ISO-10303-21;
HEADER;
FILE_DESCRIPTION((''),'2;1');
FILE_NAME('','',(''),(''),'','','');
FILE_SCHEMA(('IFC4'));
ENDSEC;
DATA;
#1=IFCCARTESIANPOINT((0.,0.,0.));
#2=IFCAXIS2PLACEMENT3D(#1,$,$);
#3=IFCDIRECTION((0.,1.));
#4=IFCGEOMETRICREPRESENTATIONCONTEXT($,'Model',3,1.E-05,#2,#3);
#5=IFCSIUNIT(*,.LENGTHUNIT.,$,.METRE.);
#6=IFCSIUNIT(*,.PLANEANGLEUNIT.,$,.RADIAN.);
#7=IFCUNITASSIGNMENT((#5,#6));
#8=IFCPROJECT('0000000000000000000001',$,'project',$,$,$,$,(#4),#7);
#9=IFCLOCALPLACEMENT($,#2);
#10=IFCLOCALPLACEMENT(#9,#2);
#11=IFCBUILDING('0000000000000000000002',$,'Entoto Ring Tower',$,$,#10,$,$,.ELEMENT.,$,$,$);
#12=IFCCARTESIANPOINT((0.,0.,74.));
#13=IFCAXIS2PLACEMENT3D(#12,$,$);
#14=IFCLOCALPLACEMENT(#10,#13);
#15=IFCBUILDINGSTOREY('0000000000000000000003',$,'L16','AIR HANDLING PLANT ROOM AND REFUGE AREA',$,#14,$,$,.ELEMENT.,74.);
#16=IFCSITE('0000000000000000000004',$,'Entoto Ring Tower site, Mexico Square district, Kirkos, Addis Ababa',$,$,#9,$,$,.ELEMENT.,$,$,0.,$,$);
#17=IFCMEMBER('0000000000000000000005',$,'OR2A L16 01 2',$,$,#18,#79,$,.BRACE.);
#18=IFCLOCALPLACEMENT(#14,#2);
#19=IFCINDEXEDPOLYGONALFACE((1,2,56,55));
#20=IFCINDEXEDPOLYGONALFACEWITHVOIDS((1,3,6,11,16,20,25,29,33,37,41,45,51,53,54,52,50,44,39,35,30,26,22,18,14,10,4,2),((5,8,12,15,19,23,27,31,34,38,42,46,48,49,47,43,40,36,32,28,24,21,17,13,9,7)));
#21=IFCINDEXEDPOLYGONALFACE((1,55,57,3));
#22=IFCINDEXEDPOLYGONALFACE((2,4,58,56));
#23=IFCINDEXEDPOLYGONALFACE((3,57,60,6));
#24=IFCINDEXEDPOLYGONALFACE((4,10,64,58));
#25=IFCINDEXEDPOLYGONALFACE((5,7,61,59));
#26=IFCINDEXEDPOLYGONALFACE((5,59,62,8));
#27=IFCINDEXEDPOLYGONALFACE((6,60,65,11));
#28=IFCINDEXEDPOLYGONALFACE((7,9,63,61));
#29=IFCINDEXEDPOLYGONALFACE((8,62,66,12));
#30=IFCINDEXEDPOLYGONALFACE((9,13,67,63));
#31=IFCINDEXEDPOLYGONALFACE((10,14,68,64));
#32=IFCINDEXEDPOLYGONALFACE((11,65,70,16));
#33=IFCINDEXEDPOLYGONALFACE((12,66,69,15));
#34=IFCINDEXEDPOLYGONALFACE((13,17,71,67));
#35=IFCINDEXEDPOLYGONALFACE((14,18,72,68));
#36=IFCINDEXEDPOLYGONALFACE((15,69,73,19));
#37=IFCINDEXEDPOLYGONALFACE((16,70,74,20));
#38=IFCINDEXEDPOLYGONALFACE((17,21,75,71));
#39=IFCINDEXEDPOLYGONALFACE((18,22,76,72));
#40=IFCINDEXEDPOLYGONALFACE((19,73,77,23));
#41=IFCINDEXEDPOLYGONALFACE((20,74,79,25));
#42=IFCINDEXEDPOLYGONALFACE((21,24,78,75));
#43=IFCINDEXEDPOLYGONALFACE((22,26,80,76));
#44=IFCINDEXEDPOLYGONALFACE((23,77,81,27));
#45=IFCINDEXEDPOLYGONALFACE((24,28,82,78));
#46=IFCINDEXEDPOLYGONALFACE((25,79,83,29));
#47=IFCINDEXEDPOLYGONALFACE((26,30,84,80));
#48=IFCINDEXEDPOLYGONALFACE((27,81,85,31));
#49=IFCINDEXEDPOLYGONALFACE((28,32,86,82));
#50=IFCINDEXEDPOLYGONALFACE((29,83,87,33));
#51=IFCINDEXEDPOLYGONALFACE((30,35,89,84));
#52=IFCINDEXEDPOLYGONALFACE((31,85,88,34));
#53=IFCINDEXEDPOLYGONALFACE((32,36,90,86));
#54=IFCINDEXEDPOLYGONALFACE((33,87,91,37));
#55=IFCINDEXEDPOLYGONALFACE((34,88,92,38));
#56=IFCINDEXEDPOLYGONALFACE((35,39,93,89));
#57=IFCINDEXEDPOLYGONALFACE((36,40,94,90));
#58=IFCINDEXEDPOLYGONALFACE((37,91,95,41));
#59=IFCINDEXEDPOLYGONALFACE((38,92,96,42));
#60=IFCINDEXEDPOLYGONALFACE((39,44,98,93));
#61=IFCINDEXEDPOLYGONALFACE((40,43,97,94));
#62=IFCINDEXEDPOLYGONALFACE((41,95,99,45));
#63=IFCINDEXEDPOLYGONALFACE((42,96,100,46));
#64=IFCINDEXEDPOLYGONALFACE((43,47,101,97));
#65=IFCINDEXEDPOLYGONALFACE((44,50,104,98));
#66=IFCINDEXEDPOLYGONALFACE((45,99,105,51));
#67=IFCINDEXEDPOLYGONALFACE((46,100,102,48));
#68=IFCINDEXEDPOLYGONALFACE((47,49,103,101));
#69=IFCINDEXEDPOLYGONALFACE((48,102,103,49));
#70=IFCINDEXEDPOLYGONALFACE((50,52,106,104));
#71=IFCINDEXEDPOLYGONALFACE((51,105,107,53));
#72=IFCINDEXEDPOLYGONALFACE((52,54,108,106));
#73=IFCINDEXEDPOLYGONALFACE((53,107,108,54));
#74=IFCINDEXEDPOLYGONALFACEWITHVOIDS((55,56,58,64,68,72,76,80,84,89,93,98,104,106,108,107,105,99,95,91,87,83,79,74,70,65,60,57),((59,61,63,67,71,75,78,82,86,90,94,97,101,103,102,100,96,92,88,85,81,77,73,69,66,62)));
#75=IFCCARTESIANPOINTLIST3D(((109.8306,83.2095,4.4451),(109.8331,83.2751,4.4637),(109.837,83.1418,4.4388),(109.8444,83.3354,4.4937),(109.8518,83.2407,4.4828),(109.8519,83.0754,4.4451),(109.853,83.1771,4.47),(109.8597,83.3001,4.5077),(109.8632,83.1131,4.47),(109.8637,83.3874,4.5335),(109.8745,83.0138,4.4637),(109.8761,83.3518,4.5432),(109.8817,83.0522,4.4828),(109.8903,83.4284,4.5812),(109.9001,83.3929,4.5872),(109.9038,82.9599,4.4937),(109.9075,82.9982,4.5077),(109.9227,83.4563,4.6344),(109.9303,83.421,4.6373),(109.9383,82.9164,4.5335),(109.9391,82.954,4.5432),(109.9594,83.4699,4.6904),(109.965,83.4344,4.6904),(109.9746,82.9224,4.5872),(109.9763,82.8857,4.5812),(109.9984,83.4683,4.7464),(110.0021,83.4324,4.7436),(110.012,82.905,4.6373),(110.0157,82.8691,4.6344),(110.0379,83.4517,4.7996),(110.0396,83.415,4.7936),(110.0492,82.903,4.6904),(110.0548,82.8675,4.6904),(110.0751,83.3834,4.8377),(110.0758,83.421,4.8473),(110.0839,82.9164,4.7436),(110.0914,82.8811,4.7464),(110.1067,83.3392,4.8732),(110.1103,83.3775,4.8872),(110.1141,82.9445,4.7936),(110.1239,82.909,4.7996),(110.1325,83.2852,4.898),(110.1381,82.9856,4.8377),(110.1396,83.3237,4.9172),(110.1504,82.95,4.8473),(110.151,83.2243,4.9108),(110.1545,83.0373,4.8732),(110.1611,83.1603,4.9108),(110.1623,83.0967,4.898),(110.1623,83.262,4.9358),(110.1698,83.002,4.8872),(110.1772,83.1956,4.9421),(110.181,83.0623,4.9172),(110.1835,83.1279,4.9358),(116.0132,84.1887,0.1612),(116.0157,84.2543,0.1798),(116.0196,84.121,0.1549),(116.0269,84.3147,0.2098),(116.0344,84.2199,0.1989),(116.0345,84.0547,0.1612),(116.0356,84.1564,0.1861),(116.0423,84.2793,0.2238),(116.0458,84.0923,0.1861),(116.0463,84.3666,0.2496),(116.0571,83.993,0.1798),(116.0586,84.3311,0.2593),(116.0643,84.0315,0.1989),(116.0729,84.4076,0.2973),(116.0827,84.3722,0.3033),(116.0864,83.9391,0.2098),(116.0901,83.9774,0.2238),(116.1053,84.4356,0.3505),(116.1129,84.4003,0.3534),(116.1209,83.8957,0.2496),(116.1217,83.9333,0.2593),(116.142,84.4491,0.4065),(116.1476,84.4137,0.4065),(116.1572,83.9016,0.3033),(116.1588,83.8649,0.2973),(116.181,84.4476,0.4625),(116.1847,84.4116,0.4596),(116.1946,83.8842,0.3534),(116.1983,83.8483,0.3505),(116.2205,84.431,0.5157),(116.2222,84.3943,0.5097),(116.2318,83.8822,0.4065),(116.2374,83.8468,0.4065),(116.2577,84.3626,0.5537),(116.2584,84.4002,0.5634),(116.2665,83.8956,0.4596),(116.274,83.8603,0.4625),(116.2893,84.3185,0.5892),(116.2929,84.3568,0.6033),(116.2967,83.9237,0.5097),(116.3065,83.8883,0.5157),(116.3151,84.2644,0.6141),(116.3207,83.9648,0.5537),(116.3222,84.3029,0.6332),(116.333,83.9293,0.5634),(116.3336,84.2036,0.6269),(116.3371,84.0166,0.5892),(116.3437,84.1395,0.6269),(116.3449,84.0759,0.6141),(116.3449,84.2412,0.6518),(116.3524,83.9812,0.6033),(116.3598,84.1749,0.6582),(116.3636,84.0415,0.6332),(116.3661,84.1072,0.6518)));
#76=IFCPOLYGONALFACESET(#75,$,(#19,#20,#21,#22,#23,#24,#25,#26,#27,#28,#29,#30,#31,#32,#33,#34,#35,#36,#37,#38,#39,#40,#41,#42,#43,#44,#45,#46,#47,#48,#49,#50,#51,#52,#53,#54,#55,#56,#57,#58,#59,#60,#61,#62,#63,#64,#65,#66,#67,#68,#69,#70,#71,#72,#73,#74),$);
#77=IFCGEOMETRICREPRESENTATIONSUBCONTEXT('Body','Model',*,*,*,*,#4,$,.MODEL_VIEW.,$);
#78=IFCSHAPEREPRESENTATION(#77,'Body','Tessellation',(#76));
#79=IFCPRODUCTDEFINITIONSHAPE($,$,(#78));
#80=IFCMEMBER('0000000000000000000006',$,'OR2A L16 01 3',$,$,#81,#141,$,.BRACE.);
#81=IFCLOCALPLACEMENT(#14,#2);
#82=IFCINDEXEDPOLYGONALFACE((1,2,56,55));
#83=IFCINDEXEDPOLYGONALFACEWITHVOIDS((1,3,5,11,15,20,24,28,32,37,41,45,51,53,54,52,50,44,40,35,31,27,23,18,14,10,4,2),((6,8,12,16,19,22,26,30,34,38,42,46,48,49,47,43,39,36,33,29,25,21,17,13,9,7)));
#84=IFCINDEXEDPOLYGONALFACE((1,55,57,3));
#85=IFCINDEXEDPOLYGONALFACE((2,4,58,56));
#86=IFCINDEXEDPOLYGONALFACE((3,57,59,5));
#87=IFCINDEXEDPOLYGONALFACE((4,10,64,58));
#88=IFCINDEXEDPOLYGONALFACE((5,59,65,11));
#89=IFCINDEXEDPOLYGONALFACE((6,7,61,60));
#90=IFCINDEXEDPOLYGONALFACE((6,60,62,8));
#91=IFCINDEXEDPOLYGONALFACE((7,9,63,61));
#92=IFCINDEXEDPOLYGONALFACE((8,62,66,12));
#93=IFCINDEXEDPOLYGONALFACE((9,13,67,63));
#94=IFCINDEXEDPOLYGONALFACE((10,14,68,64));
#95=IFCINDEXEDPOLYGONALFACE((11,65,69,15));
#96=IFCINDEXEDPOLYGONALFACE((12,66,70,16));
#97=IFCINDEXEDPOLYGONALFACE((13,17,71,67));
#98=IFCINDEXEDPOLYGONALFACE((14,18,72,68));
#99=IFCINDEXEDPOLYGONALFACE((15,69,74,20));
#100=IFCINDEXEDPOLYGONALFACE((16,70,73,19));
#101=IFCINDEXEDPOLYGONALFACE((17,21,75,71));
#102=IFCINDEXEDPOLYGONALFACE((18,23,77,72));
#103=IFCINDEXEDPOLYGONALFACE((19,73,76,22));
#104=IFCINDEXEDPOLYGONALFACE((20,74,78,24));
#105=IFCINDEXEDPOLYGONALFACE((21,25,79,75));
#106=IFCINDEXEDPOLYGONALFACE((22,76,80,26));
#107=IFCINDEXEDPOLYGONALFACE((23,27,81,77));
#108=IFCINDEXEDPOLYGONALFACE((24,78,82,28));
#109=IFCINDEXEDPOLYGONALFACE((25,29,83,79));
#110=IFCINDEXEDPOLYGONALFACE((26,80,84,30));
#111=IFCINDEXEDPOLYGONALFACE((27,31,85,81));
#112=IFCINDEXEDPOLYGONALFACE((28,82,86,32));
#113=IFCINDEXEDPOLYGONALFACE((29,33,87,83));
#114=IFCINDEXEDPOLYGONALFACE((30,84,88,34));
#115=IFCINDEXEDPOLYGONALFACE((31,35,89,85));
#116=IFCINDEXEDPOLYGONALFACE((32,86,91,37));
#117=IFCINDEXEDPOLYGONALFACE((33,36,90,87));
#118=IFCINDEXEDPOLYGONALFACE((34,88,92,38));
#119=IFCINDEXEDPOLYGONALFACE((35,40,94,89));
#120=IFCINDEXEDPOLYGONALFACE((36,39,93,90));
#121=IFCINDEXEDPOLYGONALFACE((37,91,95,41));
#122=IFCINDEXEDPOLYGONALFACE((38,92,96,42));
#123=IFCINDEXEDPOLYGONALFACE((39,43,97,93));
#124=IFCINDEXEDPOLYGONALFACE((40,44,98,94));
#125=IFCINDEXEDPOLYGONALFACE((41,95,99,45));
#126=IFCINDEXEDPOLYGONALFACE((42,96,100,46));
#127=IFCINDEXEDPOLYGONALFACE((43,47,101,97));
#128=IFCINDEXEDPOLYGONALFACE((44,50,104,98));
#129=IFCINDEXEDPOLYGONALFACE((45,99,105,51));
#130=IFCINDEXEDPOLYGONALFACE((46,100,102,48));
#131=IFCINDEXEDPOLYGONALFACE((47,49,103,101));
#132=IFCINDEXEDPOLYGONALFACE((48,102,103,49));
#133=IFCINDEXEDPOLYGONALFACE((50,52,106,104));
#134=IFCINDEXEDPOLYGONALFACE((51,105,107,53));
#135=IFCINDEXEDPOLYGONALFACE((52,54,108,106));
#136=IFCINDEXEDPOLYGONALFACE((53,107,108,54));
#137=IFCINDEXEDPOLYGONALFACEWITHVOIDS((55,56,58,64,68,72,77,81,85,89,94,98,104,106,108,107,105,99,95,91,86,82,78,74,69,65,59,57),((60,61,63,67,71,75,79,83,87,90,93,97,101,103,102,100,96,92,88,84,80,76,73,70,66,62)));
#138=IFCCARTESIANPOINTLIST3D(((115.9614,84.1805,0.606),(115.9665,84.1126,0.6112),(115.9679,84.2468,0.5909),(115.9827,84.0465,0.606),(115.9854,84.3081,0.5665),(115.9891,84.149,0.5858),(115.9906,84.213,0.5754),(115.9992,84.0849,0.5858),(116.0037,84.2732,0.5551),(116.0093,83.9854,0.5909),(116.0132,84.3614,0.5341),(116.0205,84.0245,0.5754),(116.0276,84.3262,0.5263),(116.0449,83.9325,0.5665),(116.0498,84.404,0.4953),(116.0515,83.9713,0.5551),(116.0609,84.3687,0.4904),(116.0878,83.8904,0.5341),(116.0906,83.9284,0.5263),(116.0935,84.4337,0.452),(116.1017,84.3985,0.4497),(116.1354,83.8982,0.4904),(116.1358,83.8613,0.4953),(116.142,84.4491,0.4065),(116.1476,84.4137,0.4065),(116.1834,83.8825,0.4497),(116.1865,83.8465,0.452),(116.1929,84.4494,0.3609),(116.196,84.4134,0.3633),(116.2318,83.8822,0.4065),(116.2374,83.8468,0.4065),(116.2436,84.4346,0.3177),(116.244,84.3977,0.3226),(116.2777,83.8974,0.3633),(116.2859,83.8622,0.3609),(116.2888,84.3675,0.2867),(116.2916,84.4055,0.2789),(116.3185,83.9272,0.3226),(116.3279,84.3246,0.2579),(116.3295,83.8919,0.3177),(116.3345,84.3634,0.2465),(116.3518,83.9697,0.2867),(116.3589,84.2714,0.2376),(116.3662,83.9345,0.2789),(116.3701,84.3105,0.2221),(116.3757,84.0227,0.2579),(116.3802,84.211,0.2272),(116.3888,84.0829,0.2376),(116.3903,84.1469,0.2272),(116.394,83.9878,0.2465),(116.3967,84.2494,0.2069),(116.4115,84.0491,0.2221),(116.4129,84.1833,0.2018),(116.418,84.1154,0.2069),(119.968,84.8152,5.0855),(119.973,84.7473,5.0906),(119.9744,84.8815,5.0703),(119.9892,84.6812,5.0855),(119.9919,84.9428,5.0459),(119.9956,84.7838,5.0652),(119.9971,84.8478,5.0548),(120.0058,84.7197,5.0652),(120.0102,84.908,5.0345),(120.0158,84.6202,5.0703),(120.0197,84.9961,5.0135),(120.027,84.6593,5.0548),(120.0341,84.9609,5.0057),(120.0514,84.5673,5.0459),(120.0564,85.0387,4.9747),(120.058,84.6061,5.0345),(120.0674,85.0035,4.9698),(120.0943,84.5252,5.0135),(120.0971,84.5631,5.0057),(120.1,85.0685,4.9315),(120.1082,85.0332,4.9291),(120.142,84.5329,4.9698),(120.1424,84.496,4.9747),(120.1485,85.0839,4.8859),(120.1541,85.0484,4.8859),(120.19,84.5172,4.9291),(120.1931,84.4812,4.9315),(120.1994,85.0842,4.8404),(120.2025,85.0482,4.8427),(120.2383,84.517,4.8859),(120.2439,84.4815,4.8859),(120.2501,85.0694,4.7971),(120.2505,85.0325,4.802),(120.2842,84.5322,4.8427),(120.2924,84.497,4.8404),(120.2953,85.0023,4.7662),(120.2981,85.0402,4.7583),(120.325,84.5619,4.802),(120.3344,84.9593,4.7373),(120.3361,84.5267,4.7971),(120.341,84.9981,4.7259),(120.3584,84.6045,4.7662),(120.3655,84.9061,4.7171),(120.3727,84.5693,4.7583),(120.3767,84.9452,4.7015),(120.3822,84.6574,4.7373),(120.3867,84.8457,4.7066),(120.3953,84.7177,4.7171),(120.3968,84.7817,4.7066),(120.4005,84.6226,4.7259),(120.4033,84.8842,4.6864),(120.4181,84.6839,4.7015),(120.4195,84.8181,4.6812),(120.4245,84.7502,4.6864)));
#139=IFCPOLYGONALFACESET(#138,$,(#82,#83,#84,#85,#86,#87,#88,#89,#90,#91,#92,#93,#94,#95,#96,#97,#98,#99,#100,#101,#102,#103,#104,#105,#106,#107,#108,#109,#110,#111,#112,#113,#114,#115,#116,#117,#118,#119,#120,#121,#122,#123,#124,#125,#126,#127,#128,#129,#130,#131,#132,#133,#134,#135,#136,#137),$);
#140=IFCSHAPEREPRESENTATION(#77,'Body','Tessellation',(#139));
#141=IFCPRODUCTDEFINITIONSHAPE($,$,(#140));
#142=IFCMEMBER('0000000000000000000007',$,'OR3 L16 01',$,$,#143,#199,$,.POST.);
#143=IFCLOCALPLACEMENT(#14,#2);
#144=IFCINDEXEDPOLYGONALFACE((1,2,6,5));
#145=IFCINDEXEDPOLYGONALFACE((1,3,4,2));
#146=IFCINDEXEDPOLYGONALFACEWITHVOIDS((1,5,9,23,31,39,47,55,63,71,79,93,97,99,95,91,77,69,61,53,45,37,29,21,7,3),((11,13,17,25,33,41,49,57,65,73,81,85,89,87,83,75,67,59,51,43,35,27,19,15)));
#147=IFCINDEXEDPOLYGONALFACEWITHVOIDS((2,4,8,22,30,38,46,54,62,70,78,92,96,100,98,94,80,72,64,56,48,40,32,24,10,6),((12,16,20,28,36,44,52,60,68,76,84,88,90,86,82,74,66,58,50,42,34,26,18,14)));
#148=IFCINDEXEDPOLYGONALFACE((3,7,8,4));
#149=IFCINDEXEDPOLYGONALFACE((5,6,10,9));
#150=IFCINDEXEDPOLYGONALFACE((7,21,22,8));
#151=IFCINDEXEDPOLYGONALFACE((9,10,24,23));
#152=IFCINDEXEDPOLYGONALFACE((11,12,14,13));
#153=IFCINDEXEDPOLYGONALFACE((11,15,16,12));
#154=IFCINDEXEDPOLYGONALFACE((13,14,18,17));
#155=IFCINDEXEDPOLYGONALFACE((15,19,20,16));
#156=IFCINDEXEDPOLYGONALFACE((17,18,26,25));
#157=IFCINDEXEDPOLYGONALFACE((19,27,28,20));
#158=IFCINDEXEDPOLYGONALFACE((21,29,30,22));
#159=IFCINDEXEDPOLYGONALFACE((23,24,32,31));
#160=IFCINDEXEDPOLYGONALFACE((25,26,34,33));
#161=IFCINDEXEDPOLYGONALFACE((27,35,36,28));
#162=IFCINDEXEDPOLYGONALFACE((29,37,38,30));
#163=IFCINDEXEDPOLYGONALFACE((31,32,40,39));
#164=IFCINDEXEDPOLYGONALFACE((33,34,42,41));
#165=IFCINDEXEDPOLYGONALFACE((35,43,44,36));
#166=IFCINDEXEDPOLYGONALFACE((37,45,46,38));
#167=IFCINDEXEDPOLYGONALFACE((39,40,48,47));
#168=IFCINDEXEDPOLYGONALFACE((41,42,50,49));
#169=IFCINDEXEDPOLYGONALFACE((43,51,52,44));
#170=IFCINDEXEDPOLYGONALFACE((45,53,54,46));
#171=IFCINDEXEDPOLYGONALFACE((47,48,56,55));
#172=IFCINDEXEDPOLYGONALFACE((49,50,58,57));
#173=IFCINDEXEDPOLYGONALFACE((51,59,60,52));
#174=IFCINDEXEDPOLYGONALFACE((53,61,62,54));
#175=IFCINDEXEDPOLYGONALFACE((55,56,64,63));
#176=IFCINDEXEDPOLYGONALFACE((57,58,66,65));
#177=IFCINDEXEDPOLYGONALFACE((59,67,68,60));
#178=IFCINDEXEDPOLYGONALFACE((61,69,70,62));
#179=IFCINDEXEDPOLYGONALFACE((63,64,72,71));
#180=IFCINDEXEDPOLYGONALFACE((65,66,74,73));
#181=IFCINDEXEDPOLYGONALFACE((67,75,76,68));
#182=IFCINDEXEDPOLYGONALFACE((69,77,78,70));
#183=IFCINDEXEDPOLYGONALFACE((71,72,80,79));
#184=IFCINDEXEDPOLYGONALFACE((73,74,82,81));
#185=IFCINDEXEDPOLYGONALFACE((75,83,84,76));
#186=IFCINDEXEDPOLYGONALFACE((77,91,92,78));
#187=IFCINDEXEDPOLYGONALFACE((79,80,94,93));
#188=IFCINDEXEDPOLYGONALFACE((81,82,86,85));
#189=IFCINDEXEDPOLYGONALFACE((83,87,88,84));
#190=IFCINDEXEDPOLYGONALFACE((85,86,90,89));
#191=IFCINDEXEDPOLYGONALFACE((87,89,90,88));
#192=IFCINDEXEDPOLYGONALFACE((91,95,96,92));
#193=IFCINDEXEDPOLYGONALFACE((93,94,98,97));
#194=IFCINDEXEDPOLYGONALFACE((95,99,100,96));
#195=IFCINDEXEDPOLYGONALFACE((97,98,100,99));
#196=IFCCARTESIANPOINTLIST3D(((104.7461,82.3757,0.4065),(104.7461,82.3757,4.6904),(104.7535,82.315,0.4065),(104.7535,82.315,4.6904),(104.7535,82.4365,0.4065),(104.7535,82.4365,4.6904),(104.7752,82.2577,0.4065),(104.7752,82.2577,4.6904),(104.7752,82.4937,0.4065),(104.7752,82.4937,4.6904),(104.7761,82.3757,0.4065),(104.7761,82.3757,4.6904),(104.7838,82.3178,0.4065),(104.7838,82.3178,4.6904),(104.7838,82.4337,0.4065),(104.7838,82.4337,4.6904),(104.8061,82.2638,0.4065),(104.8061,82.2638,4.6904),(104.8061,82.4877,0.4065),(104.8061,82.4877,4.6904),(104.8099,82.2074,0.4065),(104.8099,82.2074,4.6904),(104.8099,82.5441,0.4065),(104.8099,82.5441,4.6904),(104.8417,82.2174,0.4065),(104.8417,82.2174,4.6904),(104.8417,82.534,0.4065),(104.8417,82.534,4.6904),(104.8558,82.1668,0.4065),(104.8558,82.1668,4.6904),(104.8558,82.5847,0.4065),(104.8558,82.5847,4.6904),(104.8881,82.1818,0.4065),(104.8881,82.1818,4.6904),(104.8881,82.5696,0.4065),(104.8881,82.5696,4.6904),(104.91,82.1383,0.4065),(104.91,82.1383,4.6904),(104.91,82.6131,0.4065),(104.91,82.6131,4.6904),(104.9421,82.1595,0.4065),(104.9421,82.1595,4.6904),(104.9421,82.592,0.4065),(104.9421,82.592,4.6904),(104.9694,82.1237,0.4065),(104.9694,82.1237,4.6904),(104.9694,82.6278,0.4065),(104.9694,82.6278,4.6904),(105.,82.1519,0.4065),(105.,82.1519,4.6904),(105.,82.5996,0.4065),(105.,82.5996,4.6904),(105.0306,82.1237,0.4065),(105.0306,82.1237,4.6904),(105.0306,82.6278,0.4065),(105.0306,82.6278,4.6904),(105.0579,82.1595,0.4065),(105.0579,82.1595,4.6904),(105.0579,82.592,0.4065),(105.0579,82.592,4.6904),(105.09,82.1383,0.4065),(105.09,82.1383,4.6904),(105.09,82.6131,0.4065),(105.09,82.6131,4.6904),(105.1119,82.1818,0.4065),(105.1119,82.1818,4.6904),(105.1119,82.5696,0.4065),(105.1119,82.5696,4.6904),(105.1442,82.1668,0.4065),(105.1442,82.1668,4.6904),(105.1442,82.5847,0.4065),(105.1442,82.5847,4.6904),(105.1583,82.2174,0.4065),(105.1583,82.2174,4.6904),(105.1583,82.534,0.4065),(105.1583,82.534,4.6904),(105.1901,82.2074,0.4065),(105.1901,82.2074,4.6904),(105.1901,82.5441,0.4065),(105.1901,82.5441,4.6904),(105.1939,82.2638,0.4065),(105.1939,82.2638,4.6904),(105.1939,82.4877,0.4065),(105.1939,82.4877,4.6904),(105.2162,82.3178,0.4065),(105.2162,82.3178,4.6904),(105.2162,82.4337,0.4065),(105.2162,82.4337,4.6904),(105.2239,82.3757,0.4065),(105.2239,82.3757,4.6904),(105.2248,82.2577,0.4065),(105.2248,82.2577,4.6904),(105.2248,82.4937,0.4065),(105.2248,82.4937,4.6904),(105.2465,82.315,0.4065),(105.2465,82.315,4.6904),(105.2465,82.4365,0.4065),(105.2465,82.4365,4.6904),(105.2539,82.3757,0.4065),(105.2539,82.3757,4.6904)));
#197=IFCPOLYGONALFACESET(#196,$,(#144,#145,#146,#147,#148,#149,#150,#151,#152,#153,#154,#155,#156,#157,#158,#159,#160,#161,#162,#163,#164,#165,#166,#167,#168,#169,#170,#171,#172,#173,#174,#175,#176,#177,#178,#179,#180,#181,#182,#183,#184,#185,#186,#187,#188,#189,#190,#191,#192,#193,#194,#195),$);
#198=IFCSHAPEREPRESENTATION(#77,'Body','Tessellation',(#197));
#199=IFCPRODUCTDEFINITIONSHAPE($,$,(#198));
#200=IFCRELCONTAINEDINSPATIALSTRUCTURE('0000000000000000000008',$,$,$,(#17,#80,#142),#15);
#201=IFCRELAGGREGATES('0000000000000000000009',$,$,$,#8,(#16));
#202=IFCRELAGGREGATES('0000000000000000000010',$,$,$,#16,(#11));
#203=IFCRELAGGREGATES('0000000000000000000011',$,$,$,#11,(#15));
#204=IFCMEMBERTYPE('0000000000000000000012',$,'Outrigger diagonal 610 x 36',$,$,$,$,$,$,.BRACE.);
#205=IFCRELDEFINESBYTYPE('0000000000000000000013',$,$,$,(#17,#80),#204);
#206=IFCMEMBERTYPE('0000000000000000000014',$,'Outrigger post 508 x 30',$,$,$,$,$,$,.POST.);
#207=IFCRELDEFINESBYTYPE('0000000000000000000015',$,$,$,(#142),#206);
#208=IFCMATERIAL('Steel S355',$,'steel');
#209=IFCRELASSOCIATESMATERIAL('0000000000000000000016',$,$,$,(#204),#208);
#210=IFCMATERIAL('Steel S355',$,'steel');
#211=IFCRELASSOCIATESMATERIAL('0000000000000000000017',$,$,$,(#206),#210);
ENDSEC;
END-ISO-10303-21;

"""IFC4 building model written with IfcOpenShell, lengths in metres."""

from ifc_helpers import new_model, si_unit, direction, frame, origin, origin_2d, place, context, subcontext, project, spatial, circle, hollow_circle, extrude, material, material_profile, profile_set, type_object, element, save


model = new_model("IFC4")

# Units and contexts
model_context = context("Model", 3, precision=1e-05, world=origin(), true_north=direction((0.0, 1.0)))
body_context = subcontext(model_context, "Body", "Model", "MODEL_VIEW")
ifc_project = project(units=[si_unit("LENGTHUNIT", "METRE"), si_unit("PLANEANGLEUNIT", "RADIAN")], contexts=[model_context])

# Site, building, storey
site_placement = place(None, origin())
site = spatial("IfcSite", under=ifc_project, at=site_placement, Name="Entoto Ring Tower site, Mexico Square district, Kirkos, Addis Ababa", CompositionType="ELEMENT", RefElevation=0.0)
building_placement = place(site_placement, origin())
building = spatial("IfcBuilding", under=site, at=building_placement, Name="Entoto Ring Tower", CompositionType="ELEMENT")
storey_placement = place(building_placement, frame((0.0, 0.0, 74.0)))
storey = spatial("IfcBuildingStorey", under=building, at=storey_placement, Name="L16", Description="AIR HANDLING PLANT ROOM AND REFUGE AREA", CompositionType="ELEMENT", Elevation=74.0)

# Members
ifc_material_1 = material(Name="Steel S355", Category="steel")
ifc_material_profile_1 = material_profile(ifc_material_1, hollow_circle(Radius=0.3049, WallThickness=0.0359, at=origin_2d()), Name="CHS 610 x 36")
ifc_material_2 = material(Name="Concrete C60/75", Category="concrete")
ifc_material_profile_2 = material_profile(ifc_material_2, circle(Radius=0.269, at=origin_2d()), Name="Concrete C60/75 infill")
ifc_profile_set_1 = profile_set([ifc_material_profile_1, ifc_material_profile_2], Name="Steel S355")
member_type_1 = type_object("IfcMemberType", Name="Outrigger diagonal 610 x 36", PredefinedType="BRACE", material=ifc_profile_set_1)
member_1_placement = place(storey_placement, frame((110.0071, 83.1687, 4.6904), z_axis=(0.815086, 0.129099, -0.564773), x_axis=(-0.156437, 0.987688, 0.0)))
element("IfcMember", 1, at=member_1_placement, inside=storey, type_object=member_type_1, Name="OR2A L16 01 2", PredefinedType="BRACE", context=body_context, shape_type="SweptSolid", body=[
    extrude(hollow_circle(Radius=0.3049, WallThickness=0.0359, at=origin_2d()), origin(), (0.0, 0.0, 1.0), 7.5852),
])
member_2_placement = place(storey_placement, frame((116.1897, 84.1479, 0.4065), z_axis=(0.66298, 0.105036, 0.741232), x_axis=(-0.156479, 0.987681, 0.0)))
element("IfcMember", 2, at=member_2_placement, inside=storey, type_object=member_type_1, Name="OR2A L16 01 3", PredefinedType="BRACE", context=body_context, shape_type="SweptSolid", body=[
    extrude(hollow_circle(Radius=0.3049, WallThickness=0.0359, at=origin_2d()), origin(), (0.0, 0.0, 1.0), 6.0432),
])
ifc_material_3 = material(Name="Steel S355", Category="steel")
ifc_material_profile_3 = material_profile(ifc_material_3, hollow_circle(Radius=0.2539, WallThickness=0.03, at=origin_2d()), Name="CHS 508 x 30")
ifc_material_4 = material(Name="Concrete C60/75", Category="concrete")
ifc_material_profile_4 = material_profile(ifc_material_4, circle(Radius=0.2241, at=origin_2d()), Name="Concrete C60/75 infill")
ifc_profile_set_2 = profile_set([ifc_material_profile_3, ifc_material_profile_4], Name="Steel S355")
member_type_2 = type_object("IfcMemberType", Name="Outrigger post 508 x 30", PredefinedType="POST", material=ifc_profile_set_2)
member_3_placement = place(storey_placement, frame((105.0, 82.3757, 0.4065), z_axis=(0.0, 0.0, 1.0), x_axis=(1.0, 0.0, 0.0)))
element("IfcMember", 3, at=member_3_placement, inside=storey, type_object=member_type_2, Name="OR3 L16 01", PredefinedType="POST", context=body_context, shape_type="SweptSolid", body=[
    extrude(hollow_circle(Radius=0.2539, WallThickness=0.03, at=origin_2d()), origin(), (0.0, 0.0, 1.0), 4.2839),
])

save(model, "model.ifc")
